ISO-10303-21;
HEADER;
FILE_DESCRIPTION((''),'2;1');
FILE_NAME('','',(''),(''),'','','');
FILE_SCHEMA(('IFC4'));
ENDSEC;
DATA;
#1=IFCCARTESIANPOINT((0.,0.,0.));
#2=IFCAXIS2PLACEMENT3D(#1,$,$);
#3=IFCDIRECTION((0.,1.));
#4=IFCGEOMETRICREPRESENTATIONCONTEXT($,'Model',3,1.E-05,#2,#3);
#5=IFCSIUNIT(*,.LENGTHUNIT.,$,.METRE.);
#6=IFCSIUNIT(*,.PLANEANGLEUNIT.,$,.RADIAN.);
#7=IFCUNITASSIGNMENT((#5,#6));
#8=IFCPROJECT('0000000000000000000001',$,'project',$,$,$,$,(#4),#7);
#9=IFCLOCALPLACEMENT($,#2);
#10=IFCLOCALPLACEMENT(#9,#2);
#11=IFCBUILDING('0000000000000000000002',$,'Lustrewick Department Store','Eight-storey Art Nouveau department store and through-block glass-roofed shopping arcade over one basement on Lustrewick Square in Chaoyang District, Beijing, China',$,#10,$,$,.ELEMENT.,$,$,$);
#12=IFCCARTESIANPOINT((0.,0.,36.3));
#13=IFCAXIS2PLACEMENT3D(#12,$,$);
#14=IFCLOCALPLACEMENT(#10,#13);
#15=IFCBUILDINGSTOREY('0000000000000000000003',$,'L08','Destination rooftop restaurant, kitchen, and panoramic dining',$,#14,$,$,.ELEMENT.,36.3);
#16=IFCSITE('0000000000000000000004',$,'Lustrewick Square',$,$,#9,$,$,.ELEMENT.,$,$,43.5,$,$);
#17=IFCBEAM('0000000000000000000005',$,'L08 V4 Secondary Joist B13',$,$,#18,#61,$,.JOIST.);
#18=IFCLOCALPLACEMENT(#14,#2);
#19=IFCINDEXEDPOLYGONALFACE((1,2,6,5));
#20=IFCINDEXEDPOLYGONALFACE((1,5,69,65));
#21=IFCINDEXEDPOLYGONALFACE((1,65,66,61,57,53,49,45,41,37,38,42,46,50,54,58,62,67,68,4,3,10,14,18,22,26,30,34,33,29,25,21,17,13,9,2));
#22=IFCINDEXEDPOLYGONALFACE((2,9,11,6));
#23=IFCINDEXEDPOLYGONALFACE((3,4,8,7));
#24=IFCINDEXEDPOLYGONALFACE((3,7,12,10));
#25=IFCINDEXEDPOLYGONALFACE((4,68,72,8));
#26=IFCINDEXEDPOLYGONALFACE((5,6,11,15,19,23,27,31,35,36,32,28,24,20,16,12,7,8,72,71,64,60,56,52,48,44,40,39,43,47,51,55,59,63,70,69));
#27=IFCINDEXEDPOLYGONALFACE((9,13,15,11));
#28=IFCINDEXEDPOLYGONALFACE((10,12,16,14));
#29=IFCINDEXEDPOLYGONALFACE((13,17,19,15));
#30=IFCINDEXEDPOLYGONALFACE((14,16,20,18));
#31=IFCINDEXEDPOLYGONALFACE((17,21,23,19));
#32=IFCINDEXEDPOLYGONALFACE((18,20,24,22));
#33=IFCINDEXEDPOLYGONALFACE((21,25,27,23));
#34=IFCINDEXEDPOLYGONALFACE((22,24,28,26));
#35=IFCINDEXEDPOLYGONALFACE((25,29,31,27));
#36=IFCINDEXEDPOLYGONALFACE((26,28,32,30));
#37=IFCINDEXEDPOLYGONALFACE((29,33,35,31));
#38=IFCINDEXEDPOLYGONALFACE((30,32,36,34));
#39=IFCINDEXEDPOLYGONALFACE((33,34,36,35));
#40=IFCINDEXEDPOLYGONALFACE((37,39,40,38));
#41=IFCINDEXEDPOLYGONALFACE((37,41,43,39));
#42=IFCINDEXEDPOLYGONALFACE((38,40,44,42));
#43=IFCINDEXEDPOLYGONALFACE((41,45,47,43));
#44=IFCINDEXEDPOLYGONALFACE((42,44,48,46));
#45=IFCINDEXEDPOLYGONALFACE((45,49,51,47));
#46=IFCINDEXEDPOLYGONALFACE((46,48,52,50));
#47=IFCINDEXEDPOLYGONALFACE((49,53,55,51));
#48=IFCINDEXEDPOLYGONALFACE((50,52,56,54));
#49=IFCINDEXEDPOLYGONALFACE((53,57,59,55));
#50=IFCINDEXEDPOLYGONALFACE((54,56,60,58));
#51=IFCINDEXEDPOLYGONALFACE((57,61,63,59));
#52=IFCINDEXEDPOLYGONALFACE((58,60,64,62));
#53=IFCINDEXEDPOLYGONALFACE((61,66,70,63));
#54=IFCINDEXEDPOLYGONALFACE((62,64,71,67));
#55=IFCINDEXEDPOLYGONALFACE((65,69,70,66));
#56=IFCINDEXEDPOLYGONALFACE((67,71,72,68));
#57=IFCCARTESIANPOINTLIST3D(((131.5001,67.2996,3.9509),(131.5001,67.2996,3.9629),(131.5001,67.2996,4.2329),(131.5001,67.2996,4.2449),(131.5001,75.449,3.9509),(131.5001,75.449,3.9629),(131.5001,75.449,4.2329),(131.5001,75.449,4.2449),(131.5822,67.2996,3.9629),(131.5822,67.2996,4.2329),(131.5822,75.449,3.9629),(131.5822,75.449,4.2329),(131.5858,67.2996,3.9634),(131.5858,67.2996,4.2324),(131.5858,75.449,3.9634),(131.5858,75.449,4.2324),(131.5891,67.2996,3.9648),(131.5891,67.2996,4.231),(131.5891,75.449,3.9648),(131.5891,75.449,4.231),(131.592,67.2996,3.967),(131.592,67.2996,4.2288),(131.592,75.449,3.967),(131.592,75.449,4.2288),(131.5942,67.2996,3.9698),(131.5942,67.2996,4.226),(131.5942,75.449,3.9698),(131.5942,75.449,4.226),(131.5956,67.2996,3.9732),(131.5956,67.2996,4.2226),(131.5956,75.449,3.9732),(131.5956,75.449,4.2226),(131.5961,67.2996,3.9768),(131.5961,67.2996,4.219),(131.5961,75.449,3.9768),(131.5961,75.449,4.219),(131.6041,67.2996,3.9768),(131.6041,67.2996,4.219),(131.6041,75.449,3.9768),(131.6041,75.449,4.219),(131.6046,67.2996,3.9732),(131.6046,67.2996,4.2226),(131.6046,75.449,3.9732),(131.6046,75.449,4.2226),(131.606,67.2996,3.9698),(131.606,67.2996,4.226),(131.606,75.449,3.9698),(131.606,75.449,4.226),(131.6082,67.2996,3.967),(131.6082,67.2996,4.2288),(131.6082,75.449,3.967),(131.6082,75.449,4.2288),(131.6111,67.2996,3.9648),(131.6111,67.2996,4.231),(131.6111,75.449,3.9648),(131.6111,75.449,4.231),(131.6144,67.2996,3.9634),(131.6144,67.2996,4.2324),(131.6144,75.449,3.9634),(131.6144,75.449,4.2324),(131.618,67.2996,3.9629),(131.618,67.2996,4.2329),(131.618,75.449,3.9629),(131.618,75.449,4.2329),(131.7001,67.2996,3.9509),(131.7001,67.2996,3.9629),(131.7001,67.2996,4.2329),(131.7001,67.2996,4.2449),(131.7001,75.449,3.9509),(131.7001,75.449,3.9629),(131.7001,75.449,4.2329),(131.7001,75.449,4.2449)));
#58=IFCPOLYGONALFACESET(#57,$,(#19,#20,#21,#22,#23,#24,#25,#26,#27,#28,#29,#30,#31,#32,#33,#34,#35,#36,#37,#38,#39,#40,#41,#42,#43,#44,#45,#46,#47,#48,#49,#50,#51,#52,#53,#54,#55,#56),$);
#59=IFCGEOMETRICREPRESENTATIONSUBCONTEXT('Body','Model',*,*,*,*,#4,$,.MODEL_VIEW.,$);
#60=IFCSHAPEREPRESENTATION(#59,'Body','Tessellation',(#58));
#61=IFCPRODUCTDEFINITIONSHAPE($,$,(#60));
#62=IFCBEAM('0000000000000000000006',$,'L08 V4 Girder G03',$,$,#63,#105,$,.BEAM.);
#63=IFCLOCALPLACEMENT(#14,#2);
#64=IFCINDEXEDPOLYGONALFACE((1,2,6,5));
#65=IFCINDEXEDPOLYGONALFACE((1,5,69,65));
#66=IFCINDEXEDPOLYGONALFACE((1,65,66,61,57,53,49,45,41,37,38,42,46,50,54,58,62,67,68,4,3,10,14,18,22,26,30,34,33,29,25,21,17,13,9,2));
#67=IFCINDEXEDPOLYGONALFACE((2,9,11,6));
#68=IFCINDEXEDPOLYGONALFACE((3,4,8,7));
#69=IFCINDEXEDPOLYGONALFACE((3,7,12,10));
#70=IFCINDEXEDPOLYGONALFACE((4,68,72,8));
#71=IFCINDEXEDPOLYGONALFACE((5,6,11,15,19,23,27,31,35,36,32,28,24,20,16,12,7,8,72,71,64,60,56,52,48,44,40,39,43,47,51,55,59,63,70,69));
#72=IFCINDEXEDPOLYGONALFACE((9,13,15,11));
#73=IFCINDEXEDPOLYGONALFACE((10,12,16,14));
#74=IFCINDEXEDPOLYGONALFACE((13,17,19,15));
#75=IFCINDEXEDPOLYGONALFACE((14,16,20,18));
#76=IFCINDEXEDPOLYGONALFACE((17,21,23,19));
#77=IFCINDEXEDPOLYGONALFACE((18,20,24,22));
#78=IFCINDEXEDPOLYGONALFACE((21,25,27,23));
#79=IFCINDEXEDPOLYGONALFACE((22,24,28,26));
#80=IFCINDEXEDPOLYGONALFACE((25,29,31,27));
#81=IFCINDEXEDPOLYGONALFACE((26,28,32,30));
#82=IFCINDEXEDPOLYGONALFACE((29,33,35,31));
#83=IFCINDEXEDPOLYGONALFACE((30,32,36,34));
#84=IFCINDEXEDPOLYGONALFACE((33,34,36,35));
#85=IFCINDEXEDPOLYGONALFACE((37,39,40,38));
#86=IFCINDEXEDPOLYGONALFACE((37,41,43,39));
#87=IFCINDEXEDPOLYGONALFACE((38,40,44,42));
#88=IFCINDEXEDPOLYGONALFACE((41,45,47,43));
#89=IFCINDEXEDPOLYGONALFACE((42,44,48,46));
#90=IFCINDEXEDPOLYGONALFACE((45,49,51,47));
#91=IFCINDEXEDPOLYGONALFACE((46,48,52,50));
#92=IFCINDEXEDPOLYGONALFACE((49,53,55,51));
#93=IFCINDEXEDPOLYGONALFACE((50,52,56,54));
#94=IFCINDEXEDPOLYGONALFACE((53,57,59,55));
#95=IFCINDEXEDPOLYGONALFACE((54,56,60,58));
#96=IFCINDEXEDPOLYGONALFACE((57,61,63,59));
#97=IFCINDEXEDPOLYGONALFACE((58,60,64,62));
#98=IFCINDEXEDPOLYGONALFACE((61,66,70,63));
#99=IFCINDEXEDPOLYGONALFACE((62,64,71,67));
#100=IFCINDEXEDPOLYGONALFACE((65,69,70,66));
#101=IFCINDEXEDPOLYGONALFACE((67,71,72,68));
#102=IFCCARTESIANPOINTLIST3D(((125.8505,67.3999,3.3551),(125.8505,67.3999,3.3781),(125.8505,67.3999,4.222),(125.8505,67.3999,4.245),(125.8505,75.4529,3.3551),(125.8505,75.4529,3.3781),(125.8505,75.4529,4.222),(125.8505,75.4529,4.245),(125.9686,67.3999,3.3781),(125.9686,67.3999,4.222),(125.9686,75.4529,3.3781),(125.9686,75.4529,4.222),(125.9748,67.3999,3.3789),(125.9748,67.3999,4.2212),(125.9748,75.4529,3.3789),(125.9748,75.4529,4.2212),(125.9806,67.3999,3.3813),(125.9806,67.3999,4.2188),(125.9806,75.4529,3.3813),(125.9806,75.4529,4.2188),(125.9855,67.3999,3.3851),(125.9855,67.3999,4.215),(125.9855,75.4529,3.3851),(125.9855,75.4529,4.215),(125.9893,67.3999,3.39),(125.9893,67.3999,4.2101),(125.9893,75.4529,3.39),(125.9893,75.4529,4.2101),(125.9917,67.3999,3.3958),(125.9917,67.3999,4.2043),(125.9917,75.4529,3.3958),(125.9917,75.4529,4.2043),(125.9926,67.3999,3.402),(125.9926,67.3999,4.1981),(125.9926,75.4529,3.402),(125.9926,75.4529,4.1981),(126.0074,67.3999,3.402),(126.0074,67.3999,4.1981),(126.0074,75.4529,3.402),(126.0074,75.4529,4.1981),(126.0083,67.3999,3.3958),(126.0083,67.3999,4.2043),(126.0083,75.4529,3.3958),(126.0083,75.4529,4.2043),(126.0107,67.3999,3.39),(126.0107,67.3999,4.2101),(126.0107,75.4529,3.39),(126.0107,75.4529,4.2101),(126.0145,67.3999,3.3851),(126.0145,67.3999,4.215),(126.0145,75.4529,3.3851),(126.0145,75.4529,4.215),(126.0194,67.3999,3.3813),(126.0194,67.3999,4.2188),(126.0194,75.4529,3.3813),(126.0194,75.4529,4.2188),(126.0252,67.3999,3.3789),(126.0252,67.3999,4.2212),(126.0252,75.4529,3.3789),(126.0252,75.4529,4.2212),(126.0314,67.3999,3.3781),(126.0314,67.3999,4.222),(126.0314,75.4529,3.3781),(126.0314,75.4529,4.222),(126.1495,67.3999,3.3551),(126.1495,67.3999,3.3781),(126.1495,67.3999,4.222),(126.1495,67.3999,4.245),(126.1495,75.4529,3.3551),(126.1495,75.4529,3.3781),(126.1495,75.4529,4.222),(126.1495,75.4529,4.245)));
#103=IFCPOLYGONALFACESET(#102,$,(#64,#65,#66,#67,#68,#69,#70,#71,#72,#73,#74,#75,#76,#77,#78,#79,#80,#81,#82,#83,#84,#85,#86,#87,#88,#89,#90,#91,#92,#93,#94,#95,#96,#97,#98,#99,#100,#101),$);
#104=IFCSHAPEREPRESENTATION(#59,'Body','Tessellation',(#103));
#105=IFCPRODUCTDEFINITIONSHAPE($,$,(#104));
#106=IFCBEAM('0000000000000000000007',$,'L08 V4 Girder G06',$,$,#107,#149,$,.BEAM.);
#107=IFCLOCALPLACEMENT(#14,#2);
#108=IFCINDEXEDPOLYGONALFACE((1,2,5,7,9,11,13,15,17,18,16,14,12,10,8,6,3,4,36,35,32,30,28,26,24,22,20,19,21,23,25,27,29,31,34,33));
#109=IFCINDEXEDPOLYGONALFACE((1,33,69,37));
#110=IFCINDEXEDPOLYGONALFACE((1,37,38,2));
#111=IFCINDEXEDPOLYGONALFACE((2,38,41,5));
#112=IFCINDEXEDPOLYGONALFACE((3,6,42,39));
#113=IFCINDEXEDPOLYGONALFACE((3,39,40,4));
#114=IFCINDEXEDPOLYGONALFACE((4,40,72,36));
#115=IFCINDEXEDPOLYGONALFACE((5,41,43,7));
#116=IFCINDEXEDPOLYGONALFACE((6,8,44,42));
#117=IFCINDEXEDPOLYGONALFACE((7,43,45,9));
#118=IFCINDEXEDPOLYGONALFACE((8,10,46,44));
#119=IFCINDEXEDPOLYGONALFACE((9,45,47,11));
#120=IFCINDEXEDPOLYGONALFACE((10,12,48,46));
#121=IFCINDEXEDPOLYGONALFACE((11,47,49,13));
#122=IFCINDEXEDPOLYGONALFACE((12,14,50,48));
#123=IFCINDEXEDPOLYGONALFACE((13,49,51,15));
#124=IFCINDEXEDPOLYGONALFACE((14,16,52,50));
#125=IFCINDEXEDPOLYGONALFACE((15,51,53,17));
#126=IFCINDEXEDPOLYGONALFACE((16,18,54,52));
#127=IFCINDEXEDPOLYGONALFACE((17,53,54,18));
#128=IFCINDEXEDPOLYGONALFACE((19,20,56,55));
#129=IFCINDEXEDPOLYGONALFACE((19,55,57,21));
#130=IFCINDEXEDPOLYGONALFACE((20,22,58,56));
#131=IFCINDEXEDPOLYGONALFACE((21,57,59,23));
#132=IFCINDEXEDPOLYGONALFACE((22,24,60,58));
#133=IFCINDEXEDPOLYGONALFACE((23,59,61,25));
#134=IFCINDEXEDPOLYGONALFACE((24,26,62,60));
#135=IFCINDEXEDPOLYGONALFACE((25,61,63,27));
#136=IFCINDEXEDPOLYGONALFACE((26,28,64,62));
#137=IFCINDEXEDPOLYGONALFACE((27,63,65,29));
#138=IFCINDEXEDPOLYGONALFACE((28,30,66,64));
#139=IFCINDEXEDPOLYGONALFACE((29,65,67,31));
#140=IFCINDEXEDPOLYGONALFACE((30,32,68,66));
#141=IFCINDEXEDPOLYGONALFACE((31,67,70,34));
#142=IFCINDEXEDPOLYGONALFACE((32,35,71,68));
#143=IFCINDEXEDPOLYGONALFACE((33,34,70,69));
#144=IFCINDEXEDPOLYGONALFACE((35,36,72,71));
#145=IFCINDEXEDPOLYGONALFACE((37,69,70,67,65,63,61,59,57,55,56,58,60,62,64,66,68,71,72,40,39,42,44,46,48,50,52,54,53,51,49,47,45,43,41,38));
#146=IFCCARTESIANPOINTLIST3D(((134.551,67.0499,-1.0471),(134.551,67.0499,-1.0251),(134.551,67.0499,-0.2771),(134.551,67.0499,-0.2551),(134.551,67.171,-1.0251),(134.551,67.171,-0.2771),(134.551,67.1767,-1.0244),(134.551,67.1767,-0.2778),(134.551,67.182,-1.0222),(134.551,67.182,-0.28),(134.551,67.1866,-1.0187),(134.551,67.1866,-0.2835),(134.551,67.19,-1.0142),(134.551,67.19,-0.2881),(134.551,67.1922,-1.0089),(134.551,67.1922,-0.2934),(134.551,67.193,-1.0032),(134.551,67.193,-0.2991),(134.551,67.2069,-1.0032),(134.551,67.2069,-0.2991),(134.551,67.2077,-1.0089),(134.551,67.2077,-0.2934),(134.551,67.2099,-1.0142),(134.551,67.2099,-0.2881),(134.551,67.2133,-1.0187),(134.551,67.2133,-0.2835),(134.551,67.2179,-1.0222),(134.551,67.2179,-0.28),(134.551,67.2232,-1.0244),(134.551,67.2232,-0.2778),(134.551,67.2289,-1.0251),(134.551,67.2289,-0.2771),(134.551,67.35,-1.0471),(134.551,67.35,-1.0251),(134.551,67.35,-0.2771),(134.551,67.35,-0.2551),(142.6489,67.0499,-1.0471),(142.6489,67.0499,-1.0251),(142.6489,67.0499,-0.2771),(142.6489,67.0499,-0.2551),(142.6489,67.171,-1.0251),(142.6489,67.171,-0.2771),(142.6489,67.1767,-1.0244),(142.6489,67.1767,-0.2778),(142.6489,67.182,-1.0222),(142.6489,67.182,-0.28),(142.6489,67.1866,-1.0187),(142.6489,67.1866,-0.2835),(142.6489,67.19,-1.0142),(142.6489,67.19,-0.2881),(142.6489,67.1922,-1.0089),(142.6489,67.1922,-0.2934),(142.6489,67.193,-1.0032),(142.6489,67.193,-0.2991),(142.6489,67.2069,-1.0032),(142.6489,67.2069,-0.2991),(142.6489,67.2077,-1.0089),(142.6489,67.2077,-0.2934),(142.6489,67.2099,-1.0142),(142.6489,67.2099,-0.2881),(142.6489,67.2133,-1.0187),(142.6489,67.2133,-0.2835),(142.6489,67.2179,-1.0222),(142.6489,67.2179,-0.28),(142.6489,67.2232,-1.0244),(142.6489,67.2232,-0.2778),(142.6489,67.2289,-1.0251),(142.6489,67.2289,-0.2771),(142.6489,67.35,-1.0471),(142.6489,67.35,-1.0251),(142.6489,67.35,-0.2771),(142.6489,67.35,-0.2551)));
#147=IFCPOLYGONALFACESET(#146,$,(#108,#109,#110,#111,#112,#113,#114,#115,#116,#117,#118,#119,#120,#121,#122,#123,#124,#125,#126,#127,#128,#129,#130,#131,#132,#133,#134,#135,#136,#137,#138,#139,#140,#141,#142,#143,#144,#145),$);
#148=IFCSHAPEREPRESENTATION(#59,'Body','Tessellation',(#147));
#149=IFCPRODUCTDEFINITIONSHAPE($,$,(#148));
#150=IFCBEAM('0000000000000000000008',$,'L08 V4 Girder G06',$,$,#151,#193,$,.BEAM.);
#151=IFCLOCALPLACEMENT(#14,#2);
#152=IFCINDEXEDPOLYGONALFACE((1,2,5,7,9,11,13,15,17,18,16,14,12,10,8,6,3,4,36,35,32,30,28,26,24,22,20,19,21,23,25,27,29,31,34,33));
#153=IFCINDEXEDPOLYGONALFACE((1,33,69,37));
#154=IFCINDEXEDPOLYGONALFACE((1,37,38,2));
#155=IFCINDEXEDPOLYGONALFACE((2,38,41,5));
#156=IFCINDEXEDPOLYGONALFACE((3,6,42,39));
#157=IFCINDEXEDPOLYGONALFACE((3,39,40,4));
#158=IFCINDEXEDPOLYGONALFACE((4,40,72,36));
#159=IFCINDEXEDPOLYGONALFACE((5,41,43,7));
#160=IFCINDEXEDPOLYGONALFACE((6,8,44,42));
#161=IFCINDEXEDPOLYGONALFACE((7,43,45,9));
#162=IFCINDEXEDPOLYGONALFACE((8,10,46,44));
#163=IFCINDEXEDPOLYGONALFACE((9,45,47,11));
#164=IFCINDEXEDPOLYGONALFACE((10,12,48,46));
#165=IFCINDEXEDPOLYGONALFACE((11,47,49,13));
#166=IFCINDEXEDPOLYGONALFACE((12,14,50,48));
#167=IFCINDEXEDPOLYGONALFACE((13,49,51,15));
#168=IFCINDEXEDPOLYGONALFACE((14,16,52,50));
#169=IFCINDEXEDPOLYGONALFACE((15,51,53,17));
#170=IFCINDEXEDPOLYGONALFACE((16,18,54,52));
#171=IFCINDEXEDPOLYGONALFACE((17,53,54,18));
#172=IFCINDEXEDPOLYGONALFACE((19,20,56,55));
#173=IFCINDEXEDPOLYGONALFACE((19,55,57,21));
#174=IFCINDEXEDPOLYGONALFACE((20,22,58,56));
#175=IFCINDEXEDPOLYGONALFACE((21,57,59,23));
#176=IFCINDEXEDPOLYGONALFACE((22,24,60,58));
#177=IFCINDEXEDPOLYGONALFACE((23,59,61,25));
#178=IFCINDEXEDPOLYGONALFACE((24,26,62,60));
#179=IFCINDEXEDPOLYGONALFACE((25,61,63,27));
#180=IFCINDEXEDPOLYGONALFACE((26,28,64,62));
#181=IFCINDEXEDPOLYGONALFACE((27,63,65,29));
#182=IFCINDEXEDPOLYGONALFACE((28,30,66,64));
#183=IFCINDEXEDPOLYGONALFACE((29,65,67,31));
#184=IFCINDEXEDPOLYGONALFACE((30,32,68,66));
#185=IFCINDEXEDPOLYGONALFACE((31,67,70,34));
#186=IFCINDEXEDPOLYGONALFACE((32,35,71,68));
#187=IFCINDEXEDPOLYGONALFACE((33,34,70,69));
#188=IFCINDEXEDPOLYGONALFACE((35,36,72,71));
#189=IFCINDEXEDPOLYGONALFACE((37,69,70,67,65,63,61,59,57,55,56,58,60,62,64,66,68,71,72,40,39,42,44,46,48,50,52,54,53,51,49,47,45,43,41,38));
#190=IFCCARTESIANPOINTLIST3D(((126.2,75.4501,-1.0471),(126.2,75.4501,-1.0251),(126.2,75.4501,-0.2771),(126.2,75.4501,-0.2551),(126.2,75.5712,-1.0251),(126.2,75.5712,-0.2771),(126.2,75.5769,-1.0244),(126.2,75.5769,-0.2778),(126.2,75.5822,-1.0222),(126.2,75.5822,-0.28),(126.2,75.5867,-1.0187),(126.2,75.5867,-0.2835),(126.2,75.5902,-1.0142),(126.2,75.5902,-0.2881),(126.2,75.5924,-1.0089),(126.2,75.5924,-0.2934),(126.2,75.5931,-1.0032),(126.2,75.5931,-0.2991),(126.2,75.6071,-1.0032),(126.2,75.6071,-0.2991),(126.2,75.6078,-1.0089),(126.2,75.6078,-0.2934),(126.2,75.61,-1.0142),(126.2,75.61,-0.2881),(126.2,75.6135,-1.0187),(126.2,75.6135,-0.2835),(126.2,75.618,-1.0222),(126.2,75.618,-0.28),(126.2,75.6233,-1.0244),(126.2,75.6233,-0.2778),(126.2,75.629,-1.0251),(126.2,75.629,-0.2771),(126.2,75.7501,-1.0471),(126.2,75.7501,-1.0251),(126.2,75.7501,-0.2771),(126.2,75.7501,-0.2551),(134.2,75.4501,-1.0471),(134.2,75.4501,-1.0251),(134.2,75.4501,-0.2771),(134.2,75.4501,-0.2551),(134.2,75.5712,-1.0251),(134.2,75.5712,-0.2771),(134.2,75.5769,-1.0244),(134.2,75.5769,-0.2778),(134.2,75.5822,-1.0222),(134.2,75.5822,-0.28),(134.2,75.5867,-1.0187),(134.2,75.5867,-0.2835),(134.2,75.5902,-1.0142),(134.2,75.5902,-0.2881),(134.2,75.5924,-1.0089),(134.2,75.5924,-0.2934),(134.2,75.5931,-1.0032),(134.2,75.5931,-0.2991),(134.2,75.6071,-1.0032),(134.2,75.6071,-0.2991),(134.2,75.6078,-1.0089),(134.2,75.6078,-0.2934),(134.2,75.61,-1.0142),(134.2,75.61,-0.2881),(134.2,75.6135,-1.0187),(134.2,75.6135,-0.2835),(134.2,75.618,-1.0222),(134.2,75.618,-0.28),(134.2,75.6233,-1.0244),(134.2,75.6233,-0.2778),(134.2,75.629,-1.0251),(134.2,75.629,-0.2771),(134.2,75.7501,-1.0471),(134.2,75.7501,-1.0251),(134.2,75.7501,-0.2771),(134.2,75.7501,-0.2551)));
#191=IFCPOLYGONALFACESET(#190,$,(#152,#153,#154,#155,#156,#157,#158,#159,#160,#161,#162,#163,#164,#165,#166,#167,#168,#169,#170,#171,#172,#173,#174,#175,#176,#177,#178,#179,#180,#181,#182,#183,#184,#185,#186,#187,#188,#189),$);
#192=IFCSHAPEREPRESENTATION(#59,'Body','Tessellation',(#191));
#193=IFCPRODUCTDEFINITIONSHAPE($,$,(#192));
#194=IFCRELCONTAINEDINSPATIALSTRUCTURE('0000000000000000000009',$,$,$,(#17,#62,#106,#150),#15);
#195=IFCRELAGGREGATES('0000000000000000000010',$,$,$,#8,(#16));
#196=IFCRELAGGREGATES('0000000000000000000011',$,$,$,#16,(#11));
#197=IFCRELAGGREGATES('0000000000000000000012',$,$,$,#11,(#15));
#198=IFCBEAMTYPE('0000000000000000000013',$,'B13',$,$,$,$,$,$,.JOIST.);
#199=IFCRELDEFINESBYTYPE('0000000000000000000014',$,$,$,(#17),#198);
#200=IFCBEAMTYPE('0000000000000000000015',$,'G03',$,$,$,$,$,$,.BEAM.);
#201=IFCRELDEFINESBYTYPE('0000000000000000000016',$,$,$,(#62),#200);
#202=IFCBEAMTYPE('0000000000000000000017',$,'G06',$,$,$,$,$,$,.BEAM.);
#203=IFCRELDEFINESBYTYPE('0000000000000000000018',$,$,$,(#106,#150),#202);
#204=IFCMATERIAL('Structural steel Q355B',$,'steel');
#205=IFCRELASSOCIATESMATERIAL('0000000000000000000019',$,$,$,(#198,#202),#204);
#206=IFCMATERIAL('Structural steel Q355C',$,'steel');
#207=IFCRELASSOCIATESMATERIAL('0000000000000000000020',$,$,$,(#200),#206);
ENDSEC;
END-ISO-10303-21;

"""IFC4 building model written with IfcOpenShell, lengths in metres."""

from ifc_helpers import new_model, si_unit, direction, frame, origin, origin_2d, place, context, subcontext, project, spatial, i_section, extrude, material, material_profile, profile_set, type_object, element, save


model = new_model("IFC4")

# Units and contexts
model_context = context("Model", 3, precision=1e-05, world=origin(), true_north=direction((0.0, 1.0)))
body_context = subcontext(model_context, "Body", "Model", "MODEL_VIEW")
ifc_project = project(units=[si_unit("LENGTHUNIT", "METRE"), si_unit("PLANEANGLEUNIT", "RADIAN")], contexts=[model_context])

# Site, building, storey
site_placement = place(None, origin())
site = spatial("IfcSite", under=ifc_project, at=site_placement, Name="Lustrewick Square", CompositionType="ELEMENT", RefElevation=43.5)
building_placement = place(site_placement, origin())
building = spatial("IfcBuilding", under=site, at=building_placement, Name="Lustrewick Department Store", Description="Eight-storey Art Nouveau department store and through-block glass-roofed shopping arcade over one basement on Lustrewick Square in Chaoyang District, Beijing, China", CompositionType="ELEMENT")
storey_placement = place(building_placement, frame((0.0, 0.0, 36.3)))
storey = spatial("IfcBuildingStorey", under=building, at=storey_placement, Name="L08", Description="Destination rooftop restaurant, kitchen, and panoramic dining", CompositionType="ELEMENT", Elevation=36.3)

# Shared definitions
ifc_material_1 = material(Name="Structural steel Q355B", Category="steel")

# Beams
ifc_material_profile_1 = material_profile(ifc_material_1, i_section(OverallWidth=0.2, OverallDepth=0.2939, WebThickness=0.0081, FlangeThickness=0.012, FilletRadius=0.0139, at=origin_2d()), Name="HM 294x200x8x12")
ifc_profile_set_1 = profile_set([ifc_material_profile_1], Name="Structural steel Q355B")
beam_type_1 = type_object("IfcBeamType", Name="B13", PredefinedType="JOIST", material=ifc_profile_set_1)
beam_1_placement = place(storey_placement, frame((131.6001, 67.2996, 4.0979), z_axis=(0.0, 1.0, 0.0), x_axis=(-1.0, 0.0, 0.0)))
element("IfcBeam", 1, at=beam_1_placement, inside=storey, type_object=beam_type_1, Name="L08 V4 Secondary Joist B13", PredefinedType="JOIST", context=body_context, shape_type="SweptSolid", body=[
    extrude(i_section(OverallWidth=0.2, OverallDepth=0.2939, WebThickness=0.0081, FlangeThickness=0.012, FilletRadius=0.0139, at=origin_2d()), origin(), (0.0, 0.0, 1.0), 8.1494),
])
ifc_material_2 = material(Name="Structural steel Q355C", Category="steel")
ifc_material_profile_2 = material_profile(ifc_material_2, i_section(OverallWidth=0.2991, OverallDepth=0.8899, WebThickness=0.0149, FlangeThickness=0.0229, FilletRadius=0.0239, at=origin_2d()), Name="HN 890x299x15x23")
ifc_profile_set_2 = profile_set([ifc_material_profile_2], Name="Structural steel Q355C")
beam_type_2 = type_object("IfcBeamType", Name="G03", PredefinedType="BEAM", material=ifc_profile_set_2)
beam_2_placement = place(storey_placement, frame((126.0, 67.3999, 3.8), z_axis=(0.0, 1.0, 0.0), x_axis=(-1.0, 0.0, 0.0)))
element("IfcBeam", 2, at=beam_2_placement, inside=storey, type_object=beam_type_2, Name="L08 V4 Girder G03", PredefinedType="BEAM", context=body_context, shape_type="SweptSolid", body=[
    extrude(i_section(OverallWidth=0.2991, OverallDepth=0.8899, WebThickness=0.0149, FlangeThickness=0.0229, FilletRadius=0.0239, at=origin_2d()), origin(), (0.0, 0.0, 1.0), 8.053),
])
ifc_material_profile_3 = material_profile(ifc_material_1, i_section(OverallWidth=0.3, OverallDepth=0.792, WebThickness=0.0139, FlangeThickness=0.022, FilletRadius=0.022, at=origin_2d()), Name="HN 792x300x14x22")
ifc_profile_set_3 = profile_set([ifc_material_profile_3], Name="Structural steel Q355B")
beam_type_3 = type_object("IfcBeamType", Name="G06", PredefinedType="BEAM", material=ifc_profile_set_3)
beam_3_placement = place(storey_placement, frame((134.551, 67.2, -0.6511), z_axis=(1.0, 0.0, 0.0), x_axis=(0.0, 1.0, 0.0)))
element("IfcBeam", 3, at=beam_3_placement, inside=storey, type_object=beam_type_3, Name="L08 V4 Girder G06", PredefinedType="BEAM", context=body_context, shape_type="SweptSolid", body=[
    extrude(i_section(OverallWidth=0.3, OverallDepth=0.792, WebThickness=0.0139, FlangeThickness=0.022, FilletRadius=0.022, at=origin_2d()), origin(), (0.0, 0.0, 1.0), 8.0979),
])
beam_4_placement = place(storey_placement, frame((126.2, 75.6001, -0.6511), z_axis=(1.0, 0.0, 0.0), x_axis=(0.0, 1.0, 0.0)))
element("IfcBeam", 4, at=beam_4_placement, inside=storey, type_object=beam_type_3, Name="L08 V4 Girder G06", PredefinedType="BEAM", context=body_context, shape_type="SweptSolid", body=[
    extrude(i_section(OverallWidth=0.3, OverallDepth=0.792, WebThickness=0.0139, FlangeThickness=0.022, FilletRadius=0.022, at=origin_2d()), origin(), (0.0, 0.0, 1.0), 8.0),
])

save(model, "model.ifc")
